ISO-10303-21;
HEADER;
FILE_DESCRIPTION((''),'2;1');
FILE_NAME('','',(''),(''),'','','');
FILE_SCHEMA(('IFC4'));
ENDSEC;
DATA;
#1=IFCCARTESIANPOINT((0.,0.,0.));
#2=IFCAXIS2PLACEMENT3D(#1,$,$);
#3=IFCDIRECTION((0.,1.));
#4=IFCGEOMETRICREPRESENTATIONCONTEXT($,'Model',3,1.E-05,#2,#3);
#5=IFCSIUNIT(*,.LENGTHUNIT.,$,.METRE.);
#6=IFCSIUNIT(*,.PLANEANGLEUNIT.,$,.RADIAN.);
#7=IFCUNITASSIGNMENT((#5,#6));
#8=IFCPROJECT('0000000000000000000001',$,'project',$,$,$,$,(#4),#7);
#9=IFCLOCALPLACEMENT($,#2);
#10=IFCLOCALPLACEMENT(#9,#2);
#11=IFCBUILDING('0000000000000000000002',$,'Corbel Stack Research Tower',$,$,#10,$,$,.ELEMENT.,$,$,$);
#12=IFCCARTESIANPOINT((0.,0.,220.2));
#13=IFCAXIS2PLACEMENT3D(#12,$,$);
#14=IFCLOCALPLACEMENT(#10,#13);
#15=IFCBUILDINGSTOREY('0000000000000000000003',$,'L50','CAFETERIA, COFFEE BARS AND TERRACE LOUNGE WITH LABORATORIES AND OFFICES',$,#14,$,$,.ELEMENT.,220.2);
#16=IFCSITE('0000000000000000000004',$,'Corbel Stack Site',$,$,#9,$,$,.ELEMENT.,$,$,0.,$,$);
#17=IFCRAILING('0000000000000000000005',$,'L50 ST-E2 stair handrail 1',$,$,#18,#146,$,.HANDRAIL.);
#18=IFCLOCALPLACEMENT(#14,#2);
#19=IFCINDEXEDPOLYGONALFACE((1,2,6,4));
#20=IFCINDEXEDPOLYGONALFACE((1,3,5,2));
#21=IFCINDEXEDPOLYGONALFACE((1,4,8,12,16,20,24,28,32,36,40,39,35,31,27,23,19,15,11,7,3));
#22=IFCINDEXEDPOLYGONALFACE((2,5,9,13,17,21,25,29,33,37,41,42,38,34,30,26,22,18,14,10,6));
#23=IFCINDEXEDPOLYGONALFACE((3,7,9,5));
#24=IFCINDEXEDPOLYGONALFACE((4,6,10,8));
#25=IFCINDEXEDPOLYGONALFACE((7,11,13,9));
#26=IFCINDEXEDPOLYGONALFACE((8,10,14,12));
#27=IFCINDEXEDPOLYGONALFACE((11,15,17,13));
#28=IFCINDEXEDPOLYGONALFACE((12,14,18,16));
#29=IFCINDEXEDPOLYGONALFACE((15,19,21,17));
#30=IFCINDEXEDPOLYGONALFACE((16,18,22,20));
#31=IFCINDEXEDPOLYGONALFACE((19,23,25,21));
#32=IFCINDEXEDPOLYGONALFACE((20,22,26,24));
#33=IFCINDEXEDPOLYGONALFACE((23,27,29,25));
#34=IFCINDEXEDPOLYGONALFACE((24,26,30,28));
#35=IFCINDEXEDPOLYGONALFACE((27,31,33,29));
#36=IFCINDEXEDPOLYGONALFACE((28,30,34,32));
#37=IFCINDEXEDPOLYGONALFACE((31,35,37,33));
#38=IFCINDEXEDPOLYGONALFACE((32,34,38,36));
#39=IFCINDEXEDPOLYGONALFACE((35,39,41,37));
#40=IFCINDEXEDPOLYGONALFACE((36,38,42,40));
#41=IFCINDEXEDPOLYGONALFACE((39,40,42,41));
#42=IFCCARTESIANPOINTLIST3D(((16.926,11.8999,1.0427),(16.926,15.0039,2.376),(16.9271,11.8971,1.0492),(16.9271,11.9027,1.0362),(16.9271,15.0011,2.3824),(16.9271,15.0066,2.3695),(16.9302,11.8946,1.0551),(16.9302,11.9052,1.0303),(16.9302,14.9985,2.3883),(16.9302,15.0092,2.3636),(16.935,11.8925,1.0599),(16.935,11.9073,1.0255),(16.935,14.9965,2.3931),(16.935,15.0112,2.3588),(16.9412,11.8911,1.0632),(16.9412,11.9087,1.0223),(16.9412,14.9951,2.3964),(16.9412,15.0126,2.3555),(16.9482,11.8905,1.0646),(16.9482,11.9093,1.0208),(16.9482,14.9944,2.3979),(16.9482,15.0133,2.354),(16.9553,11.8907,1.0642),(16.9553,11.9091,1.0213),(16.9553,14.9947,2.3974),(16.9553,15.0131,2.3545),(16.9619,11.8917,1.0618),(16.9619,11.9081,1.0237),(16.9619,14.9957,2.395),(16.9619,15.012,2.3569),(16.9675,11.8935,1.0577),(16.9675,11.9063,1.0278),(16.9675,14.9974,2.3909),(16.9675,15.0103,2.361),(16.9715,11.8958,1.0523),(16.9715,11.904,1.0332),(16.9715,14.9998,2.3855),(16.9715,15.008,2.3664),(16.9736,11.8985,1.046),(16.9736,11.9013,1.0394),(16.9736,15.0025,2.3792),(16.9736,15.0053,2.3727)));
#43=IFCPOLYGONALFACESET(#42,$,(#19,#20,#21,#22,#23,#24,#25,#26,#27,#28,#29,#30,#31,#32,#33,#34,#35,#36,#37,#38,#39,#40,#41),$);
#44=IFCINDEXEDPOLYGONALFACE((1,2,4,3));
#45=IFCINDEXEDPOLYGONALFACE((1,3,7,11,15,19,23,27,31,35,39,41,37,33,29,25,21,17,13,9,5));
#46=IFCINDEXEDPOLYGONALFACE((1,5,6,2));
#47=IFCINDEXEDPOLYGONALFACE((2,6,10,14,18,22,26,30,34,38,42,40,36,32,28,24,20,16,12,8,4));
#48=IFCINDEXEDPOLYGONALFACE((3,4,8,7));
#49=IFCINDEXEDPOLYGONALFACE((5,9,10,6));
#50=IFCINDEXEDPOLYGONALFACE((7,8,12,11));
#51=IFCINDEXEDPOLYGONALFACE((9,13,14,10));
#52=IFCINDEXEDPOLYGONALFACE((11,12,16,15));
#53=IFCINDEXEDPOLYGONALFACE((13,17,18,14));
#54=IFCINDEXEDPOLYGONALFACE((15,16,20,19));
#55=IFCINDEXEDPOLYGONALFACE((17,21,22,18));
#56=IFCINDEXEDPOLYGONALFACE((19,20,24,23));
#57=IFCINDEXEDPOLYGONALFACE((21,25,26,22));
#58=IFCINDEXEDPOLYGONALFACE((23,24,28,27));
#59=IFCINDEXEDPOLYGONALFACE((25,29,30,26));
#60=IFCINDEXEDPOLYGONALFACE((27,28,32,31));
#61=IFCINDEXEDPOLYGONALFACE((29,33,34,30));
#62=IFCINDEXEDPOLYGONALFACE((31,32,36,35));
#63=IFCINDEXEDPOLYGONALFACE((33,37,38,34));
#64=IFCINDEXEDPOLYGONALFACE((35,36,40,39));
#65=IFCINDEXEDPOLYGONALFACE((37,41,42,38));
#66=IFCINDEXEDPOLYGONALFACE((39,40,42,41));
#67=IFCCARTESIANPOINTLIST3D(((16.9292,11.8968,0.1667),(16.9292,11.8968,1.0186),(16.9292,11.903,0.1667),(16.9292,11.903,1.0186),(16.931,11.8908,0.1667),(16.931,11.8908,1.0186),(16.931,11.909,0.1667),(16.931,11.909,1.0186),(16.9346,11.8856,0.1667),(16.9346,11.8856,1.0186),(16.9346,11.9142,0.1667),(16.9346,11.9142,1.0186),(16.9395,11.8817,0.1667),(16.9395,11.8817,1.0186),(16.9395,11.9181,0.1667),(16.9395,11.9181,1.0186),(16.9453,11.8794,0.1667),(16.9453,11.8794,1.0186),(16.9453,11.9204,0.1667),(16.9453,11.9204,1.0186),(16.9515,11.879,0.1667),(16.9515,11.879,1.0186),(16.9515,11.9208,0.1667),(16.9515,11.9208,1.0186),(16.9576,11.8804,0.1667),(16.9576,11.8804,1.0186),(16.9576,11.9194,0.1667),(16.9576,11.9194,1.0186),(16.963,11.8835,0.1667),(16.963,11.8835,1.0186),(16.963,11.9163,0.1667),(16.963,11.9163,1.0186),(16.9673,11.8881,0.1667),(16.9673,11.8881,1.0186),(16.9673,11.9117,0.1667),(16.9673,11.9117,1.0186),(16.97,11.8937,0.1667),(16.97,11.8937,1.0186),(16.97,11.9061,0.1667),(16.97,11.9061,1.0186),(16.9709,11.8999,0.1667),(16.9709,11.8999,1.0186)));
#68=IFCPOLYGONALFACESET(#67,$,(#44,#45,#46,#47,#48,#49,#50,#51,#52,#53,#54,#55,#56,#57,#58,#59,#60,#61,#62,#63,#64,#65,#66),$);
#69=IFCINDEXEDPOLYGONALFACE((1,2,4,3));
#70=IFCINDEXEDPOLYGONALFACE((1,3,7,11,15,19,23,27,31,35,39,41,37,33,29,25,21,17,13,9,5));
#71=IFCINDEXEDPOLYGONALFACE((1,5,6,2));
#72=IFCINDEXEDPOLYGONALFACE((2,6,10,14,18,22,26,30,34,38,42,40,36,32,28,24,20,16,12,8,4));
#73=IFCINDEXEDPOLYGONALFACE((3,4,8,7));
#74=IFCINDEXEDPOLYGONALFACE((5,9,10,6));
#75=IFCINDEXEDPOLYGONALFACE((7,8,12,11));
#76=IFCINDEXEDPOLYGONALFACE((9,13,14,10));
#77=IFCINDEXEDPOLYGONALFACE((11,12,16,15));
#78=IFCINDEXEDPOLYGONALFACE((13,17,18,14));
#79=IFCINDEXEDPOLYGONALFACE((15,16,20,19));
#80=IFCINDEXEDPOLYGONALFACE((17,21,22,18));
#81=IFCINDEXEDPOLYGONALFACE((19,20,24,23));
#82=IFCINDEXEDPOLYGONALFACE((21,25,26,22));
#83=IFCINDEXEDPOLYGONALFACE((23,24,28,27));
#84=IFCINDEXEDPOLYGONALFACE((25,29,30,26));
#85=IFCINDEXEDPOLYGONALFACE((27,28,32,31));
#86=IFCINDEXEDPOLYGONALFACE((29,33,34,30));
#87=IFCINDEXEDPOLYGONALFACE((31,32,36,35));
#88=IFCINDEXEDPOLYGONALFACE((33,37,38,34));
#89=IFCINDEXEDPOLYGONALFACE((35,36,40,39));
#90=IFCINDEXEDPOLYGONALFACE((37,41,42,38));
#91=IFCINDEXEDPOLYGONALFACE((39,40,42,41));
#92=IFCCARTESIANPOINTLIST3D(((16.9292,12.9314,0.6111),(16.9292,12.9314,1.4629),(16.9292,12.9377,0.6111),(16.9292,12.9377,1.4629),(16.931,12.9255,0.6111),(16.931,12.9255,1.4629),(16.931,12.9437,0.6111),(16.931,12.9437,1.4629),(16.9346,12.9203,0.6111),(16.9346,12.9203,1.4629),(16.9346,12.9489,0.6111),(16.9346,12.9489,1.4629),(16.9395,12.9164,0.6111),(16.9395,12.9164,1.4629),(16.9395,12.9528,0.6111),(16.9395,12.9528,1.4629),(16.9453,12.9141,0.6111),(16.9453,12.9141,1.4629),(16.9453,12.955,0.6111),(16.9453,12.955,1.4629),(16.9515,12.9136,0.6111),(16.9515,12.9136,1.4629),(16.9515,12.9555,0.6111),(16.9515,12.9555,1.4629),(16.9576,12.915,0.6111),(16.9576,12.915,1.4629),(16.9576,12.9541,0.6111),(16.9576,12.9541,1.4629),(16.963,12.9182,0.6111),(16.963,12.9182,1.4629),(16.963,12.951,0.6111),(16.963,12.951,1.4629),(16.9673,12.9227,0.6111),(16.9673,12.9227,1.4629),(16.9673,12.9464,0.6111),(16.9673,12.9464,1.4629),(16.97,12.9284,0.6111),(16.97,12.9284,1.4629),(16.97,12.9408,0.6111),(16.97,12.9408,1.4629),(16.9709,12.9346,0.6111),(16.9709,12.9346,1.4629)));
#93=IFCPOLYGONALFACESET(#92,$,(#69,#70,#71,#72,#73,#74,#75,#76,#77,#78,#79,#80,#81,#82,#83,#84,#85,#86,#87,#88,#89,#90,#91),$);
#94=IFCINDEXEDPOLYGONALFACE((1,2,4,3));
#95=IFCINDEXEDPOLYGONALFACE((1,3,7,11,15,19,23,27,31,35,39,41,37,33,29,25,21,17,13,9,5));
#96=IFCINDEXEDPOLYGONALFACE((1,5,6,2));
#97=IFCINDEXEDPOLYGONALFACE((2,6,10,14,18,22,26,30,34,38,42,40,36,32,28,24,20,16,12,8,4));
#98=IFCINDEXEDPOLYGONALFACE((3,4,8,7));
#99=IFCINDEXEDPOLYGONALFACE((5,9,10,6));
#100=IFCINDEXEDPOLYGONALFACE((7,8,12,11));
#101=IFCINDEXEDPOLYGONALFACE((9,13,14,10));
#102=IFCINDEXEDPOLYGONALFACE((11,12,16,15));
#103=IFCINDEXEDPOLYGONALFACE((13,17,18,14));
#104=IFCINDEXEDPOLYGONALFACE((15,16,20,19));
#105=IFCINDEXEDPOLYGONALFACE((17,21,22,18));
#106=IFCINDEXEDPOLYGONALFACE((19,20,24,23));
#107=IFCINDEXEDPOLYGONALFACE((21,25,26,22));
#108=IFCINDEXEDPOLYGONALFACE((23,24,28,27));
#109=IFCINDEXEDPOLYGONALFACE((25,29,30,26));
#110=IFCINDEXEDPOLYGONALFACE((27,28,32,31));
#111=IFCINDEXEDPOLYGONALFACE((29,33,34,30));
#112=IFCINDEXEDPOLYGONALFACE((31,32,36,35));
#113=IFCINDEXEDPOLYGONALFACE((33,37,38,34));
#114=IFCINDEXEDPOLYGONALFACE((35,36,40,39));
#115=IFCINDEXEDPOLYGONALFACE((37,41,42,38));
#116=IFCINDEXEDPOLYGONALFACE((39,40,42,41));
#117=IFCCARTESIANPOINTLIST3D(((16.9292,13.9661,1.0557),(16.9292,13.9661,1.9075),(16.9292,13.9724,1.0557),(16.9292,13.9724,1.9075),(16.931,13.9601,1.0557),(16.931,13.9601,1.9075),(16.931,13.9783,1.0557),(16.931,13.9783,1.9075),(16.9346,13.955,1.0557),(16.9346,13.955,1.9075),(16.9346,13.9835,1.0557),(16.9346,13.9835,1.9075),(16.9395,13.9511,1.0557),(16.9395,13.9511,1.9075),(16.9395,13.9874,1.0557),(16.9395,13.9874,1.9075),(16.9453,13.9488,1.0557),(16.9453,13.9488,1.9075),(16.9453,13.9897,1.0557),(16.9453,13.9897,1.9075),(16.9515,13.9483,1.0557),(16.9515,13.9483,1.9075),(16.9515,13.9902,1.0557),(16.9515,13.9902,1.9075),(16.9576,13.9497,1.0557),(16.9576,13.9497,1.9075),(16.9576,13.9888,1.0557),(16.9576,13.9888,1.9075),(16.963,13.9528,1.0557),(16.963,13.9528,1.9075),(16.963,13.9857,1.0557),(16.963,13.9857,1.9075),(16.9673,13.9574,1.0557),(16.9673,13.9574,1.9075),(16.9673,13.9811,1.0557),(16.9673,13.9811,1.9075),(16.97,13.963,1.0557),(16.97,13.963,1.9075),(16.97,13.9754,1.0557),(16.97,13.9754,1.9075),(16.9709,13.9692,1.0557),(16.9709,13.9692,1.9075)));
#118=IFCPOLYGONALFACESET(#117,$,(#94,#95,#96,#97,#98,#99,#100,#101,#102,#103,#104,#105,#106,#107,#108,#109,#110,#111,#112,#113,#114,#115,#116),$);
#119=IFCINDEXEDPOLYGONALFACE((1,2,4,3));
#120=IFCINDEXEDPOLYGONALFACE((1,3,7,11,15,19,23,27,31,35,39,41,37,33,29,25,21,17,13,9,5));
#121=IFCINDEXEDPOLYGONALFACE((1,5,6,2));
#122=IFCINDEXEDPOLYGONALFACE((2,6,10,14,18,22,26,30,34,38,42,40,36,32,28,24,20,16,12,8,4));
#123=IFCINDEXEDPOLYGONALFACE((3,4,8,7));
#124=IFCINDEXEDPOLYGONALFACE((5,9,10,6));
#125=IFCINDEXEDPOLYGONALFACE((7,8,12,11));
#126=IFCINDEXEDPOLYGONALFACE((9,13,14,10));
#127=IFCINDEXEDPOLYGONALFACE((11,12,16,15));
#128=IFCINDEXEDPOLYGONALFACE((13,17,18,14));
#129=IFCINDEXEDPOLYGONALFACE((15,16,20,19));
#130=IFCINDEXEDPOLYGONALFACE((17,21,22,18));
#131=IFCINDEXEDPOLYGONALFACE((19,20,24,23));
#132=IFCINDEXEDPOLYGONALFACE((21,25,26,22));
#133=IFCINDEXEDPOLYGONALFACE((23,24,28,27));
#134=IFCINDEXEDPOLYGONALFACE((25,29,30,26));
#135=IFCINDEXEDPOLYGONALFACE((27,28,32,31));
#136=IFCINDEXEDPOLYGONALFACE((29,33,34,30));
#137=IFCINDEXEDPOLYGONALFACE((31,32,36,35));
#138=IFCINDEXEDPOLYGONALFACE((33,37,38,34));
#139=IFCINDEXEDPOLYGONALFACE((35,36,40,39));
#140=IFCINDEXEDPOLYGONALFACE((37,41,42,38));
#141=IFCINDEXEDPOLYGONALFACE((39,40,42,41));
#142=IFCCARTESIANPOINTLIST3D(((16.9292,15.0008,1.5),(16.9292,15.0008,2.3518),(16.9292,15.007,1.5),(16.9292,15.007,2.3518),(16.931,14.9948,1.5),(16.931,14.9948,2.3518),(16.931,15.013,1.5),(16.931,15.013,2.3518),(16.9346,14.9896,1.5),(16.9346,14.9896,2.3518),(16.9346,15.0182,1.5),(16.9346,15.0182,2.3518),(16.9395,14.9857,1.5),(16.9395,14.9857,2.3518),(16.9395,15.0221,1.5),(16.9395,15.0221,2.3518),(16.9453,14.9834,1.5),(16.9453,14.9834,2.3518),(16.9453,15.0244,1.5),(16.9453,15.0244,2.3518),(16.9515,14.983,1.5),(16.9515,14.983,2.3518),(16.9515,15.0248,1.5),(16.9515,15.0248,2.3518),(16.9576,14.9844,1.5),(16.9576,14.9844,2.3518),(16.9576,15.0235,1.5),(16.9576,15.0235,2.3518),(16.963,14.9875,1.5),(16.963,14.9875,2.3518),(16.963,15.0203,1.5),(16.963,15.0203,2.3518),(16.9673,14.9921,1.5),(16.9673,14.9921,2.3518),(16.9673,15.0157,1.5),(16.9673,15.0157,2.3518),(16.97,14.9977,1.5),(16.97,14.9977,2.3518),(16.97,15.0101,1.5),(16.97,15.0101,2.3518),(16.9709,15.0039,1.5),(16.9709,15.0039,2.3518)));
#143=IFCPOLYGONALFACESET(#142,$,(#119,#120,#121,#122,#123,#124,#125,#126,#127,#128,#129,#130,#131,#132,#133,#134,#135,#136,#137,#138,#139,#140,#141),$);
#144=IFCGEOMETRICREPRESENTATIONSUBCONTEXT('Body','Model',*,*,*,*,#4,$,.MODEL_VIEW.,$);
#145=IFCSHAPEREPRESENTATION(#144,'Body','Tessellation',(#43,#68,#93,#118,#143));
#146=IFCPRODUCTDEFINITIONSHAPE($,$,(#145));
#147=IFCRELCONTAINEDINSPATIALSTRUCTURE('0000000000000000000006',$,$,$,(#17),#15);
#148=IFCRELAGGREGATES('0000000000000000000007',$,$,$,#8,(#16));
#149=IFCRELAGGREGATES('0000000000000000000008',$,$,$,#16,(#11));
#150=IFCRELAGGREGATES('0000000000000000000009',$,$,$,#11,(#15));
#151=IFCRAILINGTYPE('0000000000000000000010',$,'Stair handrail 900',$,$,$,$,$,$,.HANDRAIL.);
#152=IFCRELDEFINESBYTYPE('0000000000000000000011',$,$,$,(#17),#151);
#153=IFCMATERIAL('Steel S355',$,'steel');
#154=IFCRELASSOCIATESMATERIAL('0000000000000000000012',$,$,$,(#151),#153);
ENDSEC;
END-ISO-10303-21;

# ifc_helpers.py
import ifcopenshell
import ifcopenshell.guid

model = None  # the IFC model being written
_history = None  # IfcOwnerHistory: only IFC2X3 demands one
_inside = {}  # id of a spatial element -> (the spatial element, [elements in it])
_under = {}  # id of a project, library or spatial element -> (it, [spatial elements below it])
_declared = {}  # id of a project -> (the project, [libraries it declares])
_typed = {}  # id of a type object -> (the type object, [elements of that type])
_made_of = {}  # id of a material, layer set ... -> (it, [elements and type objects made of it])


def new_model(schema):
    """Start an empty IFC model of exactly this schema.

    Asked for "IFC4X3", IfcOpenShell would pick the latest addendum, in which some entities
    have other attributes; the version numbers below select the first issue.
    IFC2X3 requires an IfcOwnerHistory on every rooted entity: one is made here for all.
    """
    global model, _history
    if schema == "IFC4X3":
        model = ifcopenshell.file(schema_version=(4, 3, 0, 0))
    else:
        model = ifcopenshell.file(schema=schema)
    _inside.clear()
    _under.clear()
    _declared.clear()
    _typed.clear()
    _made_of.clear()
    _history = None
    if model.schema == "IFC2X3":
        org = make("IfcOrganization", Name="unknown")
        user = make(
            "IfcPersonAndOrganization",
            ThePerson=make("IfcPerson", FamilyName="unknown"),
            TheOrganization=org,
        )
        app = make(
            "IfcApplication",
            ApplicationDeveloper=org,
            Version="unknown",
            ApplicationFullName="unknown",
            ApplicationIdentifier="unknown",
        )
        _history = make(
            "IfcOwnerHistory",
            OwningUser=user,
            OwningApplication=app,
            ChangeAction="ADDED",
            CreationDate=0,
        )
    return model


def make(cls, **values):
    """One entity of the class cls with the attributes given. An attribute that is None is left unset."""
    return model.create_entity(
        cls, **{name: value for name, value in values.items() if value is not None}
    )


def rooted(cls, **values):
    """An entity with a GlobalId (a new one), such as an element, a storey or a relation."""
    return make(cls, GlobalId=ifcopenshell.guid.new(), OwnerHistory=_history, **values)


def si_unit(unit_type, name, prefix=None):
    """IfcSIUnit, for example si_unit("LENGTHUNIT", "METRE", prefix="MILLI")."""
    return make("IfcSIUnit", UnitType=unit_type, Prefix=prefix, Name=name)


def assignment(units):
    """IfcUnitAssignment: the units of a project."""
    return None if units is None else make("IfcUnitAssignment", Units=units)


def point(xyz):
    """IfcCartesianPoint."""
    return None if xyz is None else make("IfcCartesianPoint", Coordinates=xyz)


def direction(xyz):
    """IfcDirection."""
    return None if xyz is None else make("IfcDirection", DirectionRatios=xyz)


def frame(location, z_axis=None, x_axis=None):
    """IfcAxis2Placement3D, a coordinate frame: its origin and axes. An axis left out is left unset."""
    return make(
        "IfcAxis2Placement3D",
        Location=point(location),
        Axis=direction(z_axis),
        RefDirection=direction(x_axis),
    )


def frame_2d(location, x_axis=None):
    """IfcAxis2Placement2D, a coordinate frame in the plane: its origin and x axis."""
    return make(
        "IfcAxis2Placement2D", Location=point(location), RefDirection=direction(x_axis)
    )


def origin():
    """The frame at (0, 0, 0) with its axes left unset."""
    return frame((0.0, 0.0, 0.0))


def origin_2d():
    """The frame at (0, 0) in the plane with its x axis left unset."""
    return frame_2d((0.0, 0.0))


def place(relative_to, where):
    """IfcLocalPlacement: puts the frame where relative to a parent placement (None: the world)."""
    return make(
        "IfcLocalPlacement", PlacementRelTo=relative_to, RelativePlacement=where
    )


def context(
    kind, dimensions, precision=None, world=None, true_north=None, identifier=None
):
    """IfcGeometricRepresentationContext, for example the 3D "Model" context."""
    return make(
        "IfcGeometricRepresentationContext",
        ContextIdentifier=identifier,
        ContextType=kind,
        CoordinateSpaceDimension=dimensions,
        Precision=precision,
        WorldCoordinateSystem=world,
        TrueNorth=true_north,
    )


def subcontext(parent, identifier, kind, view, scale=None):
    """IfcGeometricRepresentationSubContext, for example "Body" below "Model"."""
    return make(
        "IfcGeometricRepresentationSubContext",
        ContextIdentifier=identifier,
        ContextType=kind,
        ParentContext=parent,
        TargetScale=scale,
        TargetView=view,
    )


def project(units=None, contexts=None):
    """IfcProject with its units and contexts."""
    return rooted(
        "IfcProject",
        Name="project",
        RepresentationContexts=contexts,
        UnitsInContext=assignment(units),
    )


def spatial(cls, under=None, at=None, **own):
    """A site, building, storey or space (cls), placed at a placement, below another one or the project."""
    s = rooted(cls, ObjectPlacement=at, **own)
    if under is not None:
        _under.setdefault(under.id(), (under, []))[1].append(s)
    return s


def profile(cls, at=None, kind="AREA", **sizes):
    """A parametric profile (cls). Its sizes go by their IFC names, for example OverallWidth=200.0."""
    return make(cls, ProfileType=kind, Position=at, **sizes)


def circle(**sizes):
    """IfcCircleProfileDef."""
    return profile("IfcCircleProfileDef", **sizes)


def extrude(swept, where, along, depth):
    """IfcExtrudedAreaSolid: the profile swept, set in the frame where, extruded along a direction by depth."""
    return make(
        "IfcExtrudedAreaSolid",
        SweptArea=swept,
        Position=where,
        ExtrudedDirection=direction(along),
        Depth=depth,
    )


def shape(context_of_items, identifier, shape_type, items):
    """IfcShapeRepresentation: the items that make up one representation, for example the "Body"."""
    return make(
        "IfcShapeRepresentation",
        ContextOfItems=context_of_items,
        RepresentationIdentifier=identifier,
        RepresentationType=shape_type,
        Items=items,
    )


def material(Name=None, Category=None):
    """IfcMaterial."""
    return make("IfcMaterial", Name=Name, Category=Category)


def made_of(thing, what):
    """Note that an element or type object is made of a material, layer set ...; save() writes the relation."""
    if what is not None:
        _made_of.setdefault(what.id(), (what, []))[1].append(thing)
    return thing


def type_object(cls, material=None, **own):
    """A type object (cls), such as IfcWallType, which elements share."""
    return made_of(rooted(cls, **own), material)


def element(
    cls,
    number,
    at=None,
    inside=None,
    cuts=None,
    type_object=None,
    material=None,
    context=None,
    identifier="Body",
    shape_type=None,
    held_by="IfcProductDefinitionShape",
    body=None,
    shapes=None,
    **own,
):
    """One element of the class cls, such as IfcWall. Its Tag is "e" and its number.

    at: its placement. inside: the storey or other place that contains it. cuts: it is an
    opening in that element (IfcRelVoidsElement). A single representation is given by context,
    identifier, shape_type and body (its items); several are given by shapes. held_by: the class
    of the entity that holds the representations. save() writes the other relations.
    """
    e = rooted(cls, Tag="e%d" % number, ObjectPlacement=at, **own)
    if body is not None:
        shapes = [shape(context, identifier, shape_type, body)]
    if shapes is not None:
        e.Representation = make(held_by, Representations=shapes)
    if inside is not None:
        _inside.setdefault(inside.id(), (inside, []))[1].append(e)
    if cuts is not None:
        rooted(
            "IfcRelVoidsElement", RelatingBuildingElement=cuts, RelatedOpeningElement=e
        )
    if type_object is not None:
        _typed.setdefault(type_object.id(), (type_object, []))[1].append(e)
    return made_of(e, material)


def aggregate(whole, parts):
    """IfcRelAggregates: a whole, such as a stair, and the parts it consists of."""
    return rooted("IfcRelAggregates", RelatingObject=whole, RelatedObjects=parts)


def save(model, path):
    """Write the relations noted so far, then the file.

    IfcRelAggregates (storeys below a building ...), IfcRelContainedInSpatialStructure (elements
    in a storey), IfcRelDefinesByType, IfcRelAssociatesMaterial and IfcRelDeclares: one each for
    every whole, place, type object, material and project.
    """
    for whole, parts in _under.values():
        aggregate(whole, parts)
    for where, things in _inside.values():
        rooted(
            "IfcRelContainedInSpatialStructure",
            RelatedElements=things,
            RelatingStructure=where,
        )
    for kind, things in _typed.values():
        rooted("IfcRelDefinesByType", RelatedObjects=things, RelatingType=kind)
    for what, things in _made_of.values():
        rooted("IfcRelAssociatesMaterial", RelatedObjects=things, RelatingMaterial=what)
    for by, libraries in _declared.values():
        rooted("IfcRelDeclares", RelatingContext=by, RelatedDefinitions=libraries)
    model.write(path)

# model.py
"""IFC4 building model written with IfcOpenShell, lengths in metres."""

from ifc_helpers import new_model, si_unit, direction, frame, origin, origin_2d, place, context, subcontext, project, spatial, circle, extrude, material, type_object, element, save


model = new_model("IFC4")

# Units and contexts
model_context = context("Model", 3, precision=1e-05, world=origin(), true_north=direction((0.0, 1.0)))
body_context = subcontext(model_context, "Body", "Model", "MODEL_VIEW")
ifc_project = project(units=[si_unit("LENGTHUNIT", "METRE"), si_unit("PLANEANGLEUNIT", "RADIAN")], contexts=[model_context])

# Site, building, storey
site_placement = place(None, origin())
site = spatial("IfcSite", under=ifc_project, at=site_placement, Name="Corbel Stack Site", CompositionType="ELEMENT", RefElevation=0.0)
building_placement = place(site_placement, origin())
building = spatial("IfcBuilding", under=site, at=building_placement, Name="Corbel Stack Research Tower", CompositionType="ELEMENT")
storey_placement = place(building_placement, frame((0.0, 0.0, 220.2)))
storey = spatial("IfcBuildingStorey", under=building, at=storey_placement, Name="L50", Description="CAFETERIA, COFFEE BARS AND TERRACE LOUNGE WITH LABORATORIES AND OFFICES", CompositionType="ELEMENT", Elevation=220.2)

# Railing
ifc_material_1 = material(Name="Steel S355", Category="steel")
railing_type_1 = type_object("IfcRailingType", Name="Stair handrail 900", PredefinedType="HANDRAIL", material=ifc_material_1)
for number, where, name in (
    (1, (16.95, 11.8999, 0.1667), "L50 ST-E2 stair handrail 1"),
):
    element("IfcRailing", number, at=place(storey_placement, frame(where)), inside=storey, type_object=railing_type_1, Name=name, PredefinedType="HANDRAIL", context=body_context, shape_type="SweptSolid", body=[
        extrude(circle(Radius=0.0239, at=origin_2d()), frame((0.0, 0.0, 0.876), z_axis=(0.0, 0.918827, 0.394661), x_axis=(-1.0, 0.0, 0.0)), (0.0, 0.0, 1.0), 3.3782),
        extrude(circle(Radius=0.021, at=origin_2d()), origin(), (0.0, 0.0, 1.0), 0.8518),
        extrude(circle(Radius=0.021, at=origin_2d()), frame((0.0, 1.0347, 0.4443)), (0.0, 0.0, 1.0), 0.8518),
        extrude(circle(Radius=0.021, at=origin_2d()), frame((0.0, 2.0693, 0.8889)), (0.0, 0.0, 1.0), 0.8518),
        extrude(circle(Radius=0.021, at=origin_2d()), frame((0.0, 3.104, 1.3333)), (0.0, 0.0, 1.0), 0.8518),
    ])

save(model, "model.ifc")
